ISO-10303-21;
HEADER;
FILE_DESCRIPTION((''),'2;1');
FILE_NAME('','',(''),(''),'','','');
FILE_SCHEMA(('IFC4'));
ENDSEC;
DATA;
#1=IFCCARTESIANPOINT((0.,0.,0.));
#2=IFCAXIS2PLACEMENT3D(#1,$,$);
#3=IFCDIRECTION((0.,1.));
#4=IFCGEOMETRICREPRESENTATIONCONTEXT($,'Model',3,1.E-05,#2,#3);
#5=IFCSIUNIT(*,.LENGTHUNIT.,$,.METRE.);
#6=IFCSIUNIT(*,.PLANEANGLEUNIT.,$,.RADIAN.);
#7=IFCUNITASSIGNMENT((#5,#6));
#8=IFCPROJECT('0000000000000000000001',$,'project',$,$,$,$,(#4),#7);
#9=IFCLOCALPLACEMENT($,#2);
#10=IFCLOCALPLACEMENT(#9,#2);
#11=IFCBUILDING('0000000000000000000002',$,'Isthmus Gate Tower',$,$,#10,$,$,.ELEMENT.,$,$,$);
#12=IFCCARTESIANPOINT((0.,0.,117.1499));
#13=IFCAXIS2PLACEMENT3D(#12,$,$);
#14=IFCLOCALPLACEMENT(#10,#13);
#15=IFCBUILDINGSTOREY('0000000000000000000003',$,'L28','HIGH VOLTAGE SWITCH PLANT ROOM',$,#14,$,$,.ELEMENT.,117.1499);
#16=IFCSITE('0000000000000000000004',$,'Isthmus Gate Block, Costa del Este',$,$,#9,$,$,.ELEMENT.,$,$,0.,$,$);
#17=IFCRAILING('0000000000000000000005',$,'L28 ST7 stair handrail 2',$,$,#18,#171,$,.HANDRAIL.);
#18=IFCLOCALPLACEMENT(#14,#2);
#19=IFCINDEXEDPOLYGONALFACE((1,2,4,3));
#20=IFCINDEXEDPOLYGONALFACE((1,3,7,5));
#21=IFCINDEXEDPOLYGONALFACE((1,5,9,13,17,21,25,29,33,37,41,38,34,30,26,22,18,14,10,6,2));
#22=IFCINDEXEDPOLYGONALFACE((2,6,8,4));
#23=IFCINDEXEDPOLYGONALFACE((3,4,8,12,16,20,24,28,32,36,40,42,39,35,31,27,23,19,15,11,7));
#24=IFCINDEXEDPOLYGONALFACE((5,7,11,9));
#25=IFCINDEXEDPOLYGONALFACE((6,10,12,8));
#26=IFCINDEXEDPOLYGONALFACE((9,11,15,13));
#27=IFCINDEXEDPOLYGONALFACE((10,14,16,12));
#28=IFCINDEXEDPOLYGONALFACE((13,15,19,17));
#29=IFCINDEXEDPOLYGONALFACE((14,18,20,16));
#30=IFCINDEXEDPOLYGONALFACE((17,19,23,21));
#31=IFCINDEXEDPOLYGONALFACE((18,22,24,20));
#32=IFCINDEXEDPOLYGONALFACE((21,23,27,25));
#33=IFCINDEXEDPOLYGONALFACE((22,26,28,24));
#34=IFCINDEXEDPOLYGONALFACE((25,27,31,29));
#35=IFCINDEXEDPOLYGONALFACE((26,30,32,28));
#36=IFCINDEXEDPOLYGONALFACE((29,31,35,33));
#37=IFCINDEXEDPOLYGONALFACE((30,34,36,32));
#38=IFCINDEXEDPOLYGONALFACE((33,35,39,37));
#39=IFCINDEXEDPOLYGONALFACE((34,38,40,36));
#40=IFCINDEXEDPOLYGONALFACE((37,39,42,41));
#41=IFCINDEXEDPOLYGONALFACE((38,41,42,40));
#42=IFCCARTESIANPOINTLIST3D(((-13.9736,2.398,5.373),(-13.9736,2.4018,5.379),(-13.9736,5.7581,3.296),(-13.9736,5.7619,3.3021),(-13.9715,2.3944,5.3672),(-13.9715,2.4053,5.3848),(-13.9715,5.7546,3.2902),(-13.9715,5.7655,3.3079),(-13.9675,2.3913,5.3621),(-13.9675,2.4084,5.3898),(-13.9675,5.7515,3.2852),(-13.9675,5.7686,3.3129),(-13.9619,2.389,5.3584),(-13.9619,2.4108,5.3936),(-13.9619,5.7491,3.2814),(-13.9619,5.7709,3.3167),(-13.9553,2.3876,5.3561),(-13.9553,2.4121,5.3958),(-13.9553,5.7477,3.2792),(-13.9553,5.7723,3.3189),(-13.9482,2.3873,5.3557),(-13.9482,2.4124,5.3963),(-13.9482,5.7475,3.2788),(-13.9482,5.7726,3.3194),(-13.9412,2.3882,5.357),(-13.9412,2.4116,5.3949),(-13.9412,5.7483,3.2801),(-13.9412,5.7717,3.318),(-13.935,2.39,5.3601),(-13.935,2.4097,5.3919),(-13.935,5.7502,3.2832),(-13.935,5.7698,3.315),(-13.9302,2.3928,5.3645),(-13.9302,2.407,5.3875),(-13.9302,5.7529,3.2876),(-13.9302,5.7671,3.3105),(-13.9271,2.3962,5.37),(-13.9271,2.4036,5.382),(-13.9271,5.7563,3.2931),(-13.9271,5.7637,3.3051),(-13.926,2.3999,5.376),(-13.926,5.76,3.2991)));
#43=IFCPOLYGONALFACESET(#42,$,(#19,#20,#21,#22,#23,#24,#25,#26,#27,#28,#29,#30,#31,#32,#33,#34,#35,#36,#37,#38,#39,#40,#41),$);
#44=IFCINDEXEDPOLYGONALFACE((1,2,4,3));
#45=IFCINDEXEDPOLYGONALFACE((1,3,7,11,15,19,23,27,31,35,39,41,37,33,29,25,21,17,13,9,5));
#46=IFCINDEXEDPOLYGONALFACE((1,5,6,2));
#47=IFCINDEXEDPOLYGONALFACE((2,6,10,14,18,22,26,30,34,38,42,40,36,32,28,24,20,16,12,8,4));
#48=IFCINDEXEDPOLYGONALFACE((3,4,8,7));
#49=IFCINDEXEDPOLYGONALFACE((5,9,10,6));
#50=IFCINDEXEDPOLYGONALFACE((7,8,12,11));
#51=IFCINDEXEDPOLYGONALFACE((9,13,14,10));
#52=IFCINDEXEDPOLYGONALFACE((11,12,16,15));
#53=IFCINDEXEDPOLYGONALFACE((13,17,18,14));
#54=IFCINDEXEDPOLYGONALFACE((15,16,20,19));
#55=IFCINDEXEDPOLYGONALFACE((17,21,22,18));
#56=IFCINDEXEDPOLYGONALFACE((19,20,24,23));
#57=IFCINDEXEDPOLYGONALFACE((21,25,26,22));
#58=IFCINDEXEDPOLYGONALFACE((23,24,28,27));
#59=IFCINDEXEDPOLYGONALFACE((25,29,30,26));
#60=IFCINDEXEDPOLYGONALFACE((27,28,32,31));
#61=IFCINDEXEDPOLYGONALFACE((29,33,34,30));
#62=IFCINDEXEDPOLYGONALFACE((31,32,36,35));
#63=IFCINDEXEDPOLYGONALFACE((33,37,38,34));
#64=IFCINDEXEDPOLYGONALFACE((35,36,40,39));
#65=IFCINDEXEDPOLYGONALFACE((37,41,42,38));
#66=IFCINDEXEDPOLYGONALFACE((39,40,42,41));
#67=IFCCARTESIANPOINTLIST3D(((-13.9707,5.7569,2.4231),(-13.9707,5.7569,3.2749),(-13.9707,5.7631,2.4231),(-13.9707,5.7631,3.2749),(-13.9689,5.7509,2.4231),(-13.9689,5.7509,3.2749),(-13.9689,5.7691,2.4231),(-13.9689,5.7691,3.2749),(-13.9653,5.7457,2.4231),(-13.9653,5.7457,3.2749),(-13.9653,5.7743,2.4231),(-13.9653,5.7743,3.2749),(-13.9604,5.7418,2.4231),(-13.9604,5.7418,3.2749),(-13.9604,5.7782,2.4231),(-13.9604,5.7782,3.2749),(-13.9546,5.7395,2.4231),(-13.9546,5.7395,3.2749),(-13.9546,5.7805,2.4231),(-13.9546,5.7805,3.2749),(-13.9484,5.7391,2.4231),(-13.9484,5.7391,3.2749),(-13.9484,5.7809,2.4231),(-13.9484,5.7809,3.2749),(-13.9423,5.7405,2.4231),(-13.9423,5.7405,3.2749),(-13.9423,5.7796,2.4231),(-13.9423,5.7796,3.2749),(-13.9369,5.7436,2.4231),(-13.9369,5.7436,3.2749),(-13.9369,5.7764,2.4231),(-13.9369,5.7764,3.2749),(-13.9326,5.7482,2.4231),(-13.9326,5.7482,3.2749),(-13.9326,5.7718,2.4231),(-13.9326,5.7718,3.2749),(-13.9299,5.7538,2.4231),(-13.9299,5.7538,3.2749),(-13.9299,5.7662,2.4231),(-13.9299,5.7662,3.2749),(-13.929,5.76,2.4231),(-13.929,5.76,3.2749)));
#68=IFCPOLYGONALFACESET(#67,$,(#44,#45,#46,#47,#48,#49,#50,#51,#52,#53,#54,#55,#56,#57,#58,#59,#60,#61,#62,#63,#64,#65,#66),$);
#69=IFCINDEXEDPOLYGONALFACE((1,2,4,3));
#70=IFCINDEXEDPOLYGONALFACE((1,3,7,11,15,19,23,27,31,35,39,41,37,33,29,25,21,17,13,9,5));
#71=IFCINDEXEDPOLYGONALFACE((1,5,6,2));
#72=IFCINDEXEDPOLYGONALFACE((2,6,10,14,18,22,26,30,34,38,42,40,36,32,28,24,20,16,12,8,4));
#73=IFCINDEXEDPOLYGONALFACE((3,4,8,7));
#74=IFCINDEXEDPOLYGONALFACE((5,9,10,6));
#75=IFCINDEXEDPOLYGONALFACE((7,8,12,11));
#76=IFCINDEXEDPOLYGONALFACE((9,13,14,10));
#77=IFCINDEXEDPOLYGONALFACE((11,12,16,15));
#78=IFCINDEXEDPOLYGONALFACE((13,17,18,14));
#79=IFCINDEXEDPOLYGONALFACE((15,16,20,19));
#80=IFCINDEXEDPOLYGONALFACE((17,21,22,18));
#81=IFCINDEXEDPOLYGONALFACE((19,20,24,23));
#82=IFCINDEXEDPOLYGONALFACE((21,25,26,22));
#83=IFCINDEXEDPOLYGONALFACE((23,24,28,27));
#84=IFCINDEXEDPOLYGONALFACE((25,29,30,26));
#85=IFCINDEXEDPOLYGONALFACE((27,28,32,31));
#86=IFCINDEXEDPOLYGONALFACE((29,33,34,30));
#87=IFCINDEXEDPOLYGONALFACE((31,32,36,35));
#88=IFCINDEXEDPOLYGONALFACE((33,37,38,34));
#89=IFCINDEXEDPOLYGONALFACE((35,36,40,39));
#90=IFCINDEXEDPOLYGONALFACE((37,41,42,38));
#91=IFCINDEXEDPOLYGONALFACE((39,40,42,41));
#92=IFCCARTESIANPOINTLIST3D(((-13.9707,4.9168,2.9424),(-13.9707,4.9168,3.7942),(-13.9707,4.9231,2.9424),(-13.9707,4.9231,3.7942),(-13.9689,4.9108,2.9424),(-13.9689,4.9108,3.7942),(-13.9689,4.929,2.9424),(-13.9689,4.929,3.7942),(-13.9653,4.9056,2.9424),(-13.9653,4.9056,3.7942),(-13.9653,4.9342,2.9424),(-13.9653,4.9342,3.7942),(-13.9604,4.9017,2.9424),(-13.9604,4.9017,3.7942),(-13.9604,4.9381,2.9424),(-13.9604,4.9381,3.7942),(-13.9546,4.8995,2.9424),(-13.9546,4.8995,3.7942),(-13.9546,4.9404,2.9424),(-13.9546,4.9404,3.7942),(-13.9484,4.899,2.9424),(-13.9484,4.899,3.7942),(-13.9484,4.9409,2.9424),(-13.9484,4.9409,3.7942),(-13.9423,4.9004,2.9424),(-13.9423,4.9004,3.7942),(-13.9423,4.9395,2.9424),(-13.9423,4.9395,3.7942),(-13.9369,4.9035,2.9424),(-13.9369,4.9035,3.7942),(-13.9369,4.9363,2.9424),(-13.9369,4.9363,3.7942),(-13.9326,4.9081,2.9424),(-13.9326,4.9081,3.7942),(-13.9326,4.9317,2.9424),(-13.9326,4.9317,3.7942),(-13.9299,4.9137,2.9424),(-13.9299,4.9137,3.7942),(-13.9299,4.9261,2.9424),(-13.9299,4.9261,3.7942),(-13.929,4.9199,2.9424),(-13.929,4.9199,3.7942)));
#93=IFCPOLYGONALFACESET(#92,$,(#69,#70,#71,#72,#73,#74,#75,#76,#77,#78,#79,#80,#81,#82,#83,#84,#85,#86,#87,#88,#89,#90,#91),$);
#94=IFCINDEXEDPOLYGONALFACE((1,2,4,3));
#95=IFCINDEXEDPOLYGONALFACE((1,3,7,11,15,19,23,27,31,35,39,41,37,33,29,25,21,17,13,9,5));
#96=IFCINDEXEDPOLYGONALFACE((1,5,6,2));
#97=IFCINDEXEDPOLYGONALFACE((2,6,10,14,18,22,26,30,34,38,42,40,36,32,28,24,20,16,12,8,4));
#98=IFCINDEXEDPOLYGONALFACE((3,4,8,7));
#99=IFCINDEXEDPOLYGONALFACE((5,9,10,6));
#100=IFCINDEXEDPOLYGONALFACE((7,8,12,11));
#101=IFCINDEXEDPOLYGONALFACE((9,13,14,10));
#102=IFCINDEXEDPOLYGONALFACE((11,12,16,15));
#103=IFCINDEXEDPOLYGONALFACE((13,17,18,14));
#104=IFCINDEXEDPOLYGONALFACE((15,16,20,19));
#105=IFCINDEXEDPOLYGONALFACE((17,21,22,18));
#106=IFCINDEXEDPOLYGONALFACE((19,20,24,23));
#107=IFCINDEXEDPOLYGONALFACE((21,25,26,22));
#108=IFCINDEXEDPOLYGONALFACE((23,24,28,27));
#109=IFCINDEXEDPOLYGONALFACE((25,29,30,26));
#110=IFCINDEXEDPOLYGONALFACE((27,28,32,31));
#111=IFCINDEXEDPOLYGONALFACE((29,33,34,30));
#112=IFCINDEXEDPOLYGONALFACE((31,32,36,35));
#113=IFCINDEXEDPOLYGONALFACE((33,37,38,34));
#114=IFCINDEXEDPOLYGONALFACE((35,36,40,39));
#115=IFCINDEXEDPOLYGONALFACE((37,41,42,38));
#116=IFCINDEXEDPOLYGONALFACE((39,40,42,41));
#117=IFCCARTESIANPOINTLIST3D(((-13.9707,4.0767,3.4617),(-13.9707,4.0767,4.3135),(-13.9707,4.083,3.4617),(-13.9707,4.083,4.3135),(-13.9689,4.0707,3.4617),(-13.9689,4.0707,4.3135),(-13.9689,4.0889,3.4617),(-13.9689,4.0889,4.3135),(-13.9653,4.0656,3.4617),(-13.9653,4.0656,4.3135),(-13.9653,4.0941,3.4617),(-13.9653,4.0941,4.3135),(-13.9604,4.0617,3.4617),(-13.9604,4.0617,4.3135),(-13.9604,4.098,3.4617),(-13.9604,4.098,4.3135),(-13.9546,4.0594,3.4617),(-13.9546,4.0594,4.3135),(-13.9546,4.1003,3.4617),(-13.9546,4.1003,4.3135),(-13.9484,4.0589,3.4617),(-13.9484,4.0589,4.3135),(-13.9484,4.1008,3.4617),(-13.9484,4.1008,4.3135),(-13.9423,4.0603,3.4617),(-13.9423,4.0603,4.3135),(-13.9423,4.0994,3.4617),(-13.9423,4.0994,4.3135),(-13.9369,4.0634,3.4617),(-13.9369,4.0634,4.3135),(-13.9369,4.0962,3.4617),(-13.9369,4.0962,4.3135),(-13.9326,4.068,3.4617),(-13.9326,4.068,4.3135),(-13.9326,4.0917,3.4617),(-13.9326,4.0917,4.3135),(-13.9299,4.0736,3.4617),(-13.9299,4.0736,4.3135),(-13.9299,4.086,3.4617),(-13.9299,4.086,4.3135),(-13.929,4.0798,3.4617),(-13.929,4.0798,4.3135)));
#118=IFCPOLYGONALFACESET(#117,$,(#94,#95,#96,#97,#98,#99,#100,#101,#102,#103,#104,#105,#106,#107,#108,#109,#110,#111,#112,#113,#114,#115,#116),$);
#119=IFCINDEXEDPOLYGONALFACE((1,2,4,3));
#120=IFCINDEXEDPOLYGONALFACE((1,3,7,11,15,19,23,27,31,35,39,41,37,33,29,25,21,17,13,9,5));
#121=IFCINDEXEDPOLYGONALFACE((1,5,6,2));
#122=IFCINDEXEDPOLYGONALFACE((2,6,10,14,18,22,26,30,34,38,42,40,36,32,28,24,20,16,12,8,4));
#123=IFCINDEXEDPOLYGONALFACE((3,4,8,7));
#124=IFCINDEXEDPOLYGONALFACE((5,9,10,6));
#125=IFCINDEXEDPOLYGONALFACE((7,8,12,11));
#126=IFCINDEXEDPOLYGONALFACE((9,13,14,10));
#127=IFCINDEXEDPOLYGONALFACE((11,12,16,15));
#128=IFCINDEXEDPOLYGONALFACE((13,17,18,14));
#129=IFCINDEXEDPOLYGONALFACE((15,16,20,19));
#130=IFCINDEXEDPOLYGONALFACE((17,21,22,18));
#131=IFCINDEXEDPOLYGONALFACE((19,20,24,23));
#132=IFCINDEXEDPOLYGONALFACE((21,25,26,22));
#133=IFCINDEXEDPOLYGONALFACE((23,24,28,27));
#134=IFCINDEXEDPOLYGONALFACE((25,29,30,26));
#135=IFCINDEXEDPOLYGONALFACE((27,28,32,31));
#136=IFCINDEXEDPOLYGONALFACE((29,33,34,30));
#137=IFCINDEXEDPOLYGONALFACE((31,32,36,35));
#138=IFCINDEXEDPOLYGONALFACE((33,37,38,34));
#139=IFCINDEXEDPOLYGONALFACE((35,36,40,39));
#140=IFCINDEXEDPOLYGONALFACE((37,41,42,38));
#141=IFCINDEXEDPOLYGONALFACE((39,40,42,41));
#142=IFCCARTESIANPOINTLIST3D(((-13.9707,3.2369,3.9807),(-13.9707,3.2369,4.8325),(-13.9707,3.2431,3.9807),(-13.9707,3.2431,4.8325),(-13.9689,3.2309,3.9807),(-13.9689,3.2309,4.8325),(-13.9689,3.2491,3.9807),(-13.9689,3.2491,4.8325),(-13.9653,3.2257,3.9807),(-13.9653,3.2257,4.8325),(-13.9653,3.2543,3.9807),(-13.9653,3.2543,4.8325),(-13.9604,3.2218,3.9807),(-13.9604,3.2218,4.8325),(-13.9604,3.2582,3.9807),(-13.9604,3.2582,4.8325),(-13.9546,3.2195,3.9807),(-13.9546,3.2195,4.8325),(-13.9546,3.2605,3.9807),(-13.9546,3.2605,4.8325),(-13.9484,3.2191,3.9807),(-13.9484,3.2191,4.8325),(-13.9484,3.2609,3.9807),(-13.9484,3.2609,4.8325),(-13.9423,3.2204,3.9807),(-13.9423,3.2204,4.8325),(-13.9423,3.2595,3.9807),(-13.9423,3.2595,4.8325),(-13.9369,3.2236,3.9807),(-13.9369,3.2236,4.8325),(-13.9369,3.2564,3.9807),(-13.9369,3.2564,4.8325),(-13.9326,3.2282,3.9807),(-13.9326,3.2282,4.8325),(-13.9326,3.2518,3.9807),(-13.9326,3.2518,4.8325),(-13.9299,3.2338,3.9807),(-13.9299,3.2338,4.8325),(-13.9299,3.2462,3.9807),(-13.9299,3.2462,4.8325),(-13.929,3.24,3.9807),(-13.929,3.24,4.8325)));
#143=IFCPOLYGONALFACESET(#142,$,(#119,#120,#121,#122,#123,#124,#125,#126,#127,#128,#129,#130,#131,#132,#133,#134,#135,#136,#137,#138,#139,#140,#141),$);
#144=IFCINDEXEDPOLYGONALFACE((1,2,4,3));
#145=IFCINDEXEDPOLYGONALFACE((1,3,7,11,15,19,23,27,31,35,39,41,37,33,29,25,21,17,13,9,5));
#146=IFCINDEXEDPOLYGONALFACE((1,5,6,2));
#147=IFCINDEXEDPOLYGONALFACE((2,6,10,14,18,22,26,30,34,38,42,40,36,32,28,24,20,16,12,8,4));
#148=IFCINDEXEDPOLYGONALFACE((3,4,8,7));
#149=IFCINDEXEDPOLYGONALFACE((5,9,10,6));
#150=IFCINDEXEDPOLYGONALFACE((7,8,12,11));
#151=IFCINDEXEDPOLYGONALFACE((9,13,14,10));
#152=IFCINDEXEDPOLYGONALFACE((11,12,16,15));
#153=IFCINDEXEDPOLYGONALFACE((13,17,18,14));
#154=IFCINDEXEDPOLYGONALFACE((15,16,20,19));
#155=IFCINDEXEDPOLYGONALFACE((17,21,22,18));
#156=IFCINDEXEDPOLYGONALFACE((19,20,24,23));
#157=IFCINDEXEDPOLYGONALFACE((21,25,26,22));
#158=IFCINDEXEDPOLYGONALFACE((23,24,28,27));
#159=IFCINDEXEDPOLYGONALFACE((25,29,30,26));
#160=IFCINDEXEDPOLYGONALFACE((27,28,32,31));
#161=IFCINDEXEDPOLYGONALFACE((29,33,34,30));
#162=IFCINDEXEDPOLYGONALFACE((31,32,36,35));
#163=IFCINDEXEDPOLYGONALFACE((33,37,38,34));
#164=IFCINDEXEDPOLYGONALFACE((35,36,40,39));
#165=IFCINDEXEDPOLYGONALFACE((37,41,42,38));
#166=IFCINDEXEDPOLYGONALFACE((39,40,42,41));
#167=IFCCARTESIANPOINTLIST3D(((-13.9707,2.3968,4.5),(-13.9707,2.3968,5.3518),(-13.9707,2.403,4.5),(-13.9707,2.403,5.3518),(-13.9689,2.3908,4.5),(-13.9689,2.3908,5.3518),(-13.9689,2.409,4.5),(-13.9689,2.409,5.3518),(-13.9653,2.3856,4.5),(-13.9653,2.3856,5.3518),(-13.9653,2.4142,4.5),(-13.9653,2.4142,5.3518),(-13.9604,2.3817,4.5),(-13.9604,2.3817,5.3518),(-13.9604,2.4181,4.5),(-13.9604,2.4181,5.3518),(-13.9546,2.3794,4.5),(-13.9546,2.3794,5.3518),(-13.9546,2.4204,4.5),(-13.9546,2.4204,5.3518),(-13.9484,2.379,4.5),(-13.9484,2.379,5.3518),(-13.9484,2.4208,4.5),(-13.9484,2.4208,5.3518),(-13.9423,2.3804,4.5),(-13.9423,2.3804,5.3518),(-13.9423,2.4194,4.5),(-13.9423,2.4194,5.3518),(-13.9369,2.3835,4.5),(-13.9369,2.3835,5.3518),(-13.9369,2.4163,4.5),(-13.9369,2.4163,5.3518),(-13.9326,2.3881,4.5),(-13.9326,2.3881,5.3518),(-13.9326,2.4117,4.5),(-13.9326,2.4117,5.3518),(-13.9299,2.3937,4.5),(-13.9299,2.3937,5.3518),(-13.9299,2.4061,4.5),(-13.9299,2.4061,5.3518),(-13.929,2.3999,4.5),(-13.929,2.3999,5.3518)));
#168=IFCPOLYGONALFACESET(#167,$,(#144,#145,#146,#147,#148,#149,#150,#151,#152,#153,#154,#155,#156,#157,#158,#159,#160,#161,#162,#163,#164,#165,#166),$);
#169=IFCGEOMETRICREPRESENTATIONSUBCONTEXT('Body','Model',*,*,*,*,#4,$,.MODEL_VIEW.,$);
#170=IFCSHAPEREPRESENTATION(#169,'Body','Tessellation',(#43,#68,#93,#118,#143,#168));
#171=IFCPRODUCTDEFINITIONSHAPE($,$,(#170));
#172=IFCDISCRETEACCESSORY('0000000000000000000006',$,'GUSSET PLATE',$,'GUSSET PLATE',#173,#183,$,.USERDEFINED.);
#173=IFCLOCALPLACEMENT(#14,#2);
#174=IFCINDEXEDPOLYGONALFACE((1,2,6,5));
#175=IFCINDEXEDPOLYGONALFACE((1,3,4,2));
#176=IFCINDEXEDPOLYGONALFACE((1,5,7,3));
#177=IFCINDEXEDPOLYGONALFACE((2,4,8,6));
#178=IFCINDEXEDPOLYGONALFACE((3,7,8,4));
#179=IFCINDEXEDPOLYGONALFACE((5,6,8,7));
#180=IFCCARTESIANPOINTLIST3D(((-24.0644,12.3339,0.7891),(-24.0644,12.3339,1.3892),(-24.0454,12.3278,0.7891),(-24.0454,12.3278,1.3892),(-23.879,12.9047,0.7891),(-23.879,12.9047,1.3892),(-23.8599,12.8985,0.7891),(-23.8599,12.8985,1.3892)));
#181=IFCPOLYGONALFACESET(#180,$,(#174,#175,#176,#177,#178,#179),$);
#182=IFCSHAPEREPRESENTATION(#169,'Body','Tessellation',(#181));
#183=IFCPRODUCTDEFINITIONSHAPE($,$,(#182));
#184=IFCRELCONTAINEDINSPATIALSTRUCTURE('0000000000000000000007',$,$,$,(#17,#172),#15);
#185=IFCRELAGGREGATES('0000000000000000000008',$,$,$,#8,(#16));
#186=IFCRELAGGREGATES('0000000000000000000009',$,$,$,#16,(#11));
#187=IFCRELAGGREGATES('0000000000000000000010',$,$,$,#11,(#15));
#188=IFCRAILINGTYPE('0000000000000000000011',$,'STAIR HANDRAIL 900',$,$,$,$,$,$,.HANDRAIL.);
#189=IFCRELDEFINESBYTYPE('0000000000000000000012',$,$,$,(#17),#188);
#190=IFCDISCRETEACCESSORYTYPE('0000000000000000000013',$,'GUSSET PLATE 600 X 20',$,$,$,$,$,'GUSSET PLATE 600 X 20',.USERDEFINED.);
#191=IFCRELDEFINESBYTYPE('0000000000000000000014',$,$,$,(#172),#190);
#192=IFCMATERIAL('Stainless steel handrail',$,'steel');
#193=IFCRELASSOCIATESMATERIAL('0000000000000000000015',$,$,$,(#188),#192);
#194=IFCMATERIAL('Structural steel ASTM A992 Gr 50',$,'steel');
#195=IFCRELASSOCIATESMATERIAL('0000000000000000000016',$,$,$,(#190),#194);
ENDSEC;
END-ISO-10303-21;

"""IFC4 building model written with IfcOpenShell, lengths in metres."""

from ifc_helpers import new_model, si_unit, direction, frame, origin, origin_2d, place, context, subcontext, project, spatial, rectangle, circle, extrude, material, type_object, element, save


model = new_model("IFC4")

# Units and contexts
model_context = context("Model", 3, precision=1e-05, world=origin(), true_north=direction((0.0, 1.0)))
body_context = subcontext(model_context, "Body", "Model", "MODEL_VIEW")
ifc_project = project(units=[si_unit("LENGTHUNIT", "METRE"), si_unit("PLANEANGLEUNIT", "RADIAN")], contexts=[model_context])

# Site, building, storey
site_placement = place(None, origin())
site = spatial("IfcSite", under=ifc_project, at=site_placement, Name="Isthmus Gate Block, Costa del Este", CompositionType="ELEMENT", RefElevation=0.0)
building_placement = place(site_placement, origin())
building = spatial("IfcBuilding", under=site, at=building_placement, Name="Isthmus Gate Tower", CompositionType="ELEMENT")
storey_placement = place(building_placement, frame((0.0, 0.0, 117.1499)))
storey = spatial("IfcBuildingStorey", under=building, at=storey_placement, Name="L28", Description="HIGH VOLTAGE SWITCH PLANT ROOM", CompositionType="ELEMENT", Elevation=117.1499)

# Railing
ifc_material_1 = material(Name="Stainless steel handrail", Category="steel")
railing_type = type_object("IfcRailingType", Name="STAIR HANDRAIL 900", PredefinedType="HANDRAIL", material=ifc_material_1)
for number, where, name in (
    (1, (-13.95, 5.76, 2.4231), "L28 ST7 stair handrail 2"),
):
    element("IfcRailing", number, at=place(storey_placement, frame(where)), inside=storey, type_object=railing_type, Name=name, PredefinedType="HANDRAIL", context=body_context, shape_type="SweptSolid", body=[
        extrude(circle(Radius=0.0239, at=origin_2d()), frame((0.0, 0.0, 0.876), z_axis=(0.0, -0.850623, 0.525776), x_axis=(1.0, 0.0, 0.0)), (0.0, 0.0, 1.0), 3.9502),
        extrude(circle(Radius=0.021, at=origin_2d()), origin(), (0.0, 0.0, 1.0), 0.8518),
        extrude(circle(Radius=0.021, at=origin_2d()), frame((0.0, -0.8401, 0.5193)), (0.0, 0.0, 1.0), 0.8518),
        extrude(circle(Radius=0.021, at=origin_2d()), frame((0.0, -1.6802, 1.0386)), (0.0, 0.0, 1.0), 0.8518),
        extrude(circle(Radius=0.021, at=origin_2d()), frame((0.0, -2.52, 1.5576)), (0.0, 0.0, 1.0), 0.8518),
        extrude(circle(Radius=0.021, at=origin_2d()), frame((0.0, -3.3601, 2.0769)), (0.0, 0.0, 1.0), 0.8518),
    ])

# Discrete accessory
ifc_material_2 = material(Name="Structural steel ASTM A992 Gr 50", Category="steel")
discrete_accessory_type = type_object("IfcDiscreteAccessoryType", Name="GUSSET PLATE 600 X 20", ElementType="GUSSET PLATE 600 X 20", PredefinedType="USERDEFINED", material=ifc_material_2)
discrete_accessory_placement = place(storey_placement, frame((-23.9622, 12.6162, 0.7891), z_axis=(0.0, 0.0, 1.0), x_axis=(0.309017, 0.951057, 0.0)))
element("IfcDiscreteAccessory", 2, at=discrete_accessory_placement, inside=storey, type_object=discrete_accessory_type, Name="GUSSET PLATE", ObjectType="GUSSET PLATE", PredefinedType="USERDEFINED", context=body_context, shape_type="SweptSolid", body=[
    extrude(rectangle(XDim=0.6001, YDim=0.02, at=origin_2d()), origin(), (0.0, 0.0, 1.0), 0.6001),
])

save(model, "model.ifc")
